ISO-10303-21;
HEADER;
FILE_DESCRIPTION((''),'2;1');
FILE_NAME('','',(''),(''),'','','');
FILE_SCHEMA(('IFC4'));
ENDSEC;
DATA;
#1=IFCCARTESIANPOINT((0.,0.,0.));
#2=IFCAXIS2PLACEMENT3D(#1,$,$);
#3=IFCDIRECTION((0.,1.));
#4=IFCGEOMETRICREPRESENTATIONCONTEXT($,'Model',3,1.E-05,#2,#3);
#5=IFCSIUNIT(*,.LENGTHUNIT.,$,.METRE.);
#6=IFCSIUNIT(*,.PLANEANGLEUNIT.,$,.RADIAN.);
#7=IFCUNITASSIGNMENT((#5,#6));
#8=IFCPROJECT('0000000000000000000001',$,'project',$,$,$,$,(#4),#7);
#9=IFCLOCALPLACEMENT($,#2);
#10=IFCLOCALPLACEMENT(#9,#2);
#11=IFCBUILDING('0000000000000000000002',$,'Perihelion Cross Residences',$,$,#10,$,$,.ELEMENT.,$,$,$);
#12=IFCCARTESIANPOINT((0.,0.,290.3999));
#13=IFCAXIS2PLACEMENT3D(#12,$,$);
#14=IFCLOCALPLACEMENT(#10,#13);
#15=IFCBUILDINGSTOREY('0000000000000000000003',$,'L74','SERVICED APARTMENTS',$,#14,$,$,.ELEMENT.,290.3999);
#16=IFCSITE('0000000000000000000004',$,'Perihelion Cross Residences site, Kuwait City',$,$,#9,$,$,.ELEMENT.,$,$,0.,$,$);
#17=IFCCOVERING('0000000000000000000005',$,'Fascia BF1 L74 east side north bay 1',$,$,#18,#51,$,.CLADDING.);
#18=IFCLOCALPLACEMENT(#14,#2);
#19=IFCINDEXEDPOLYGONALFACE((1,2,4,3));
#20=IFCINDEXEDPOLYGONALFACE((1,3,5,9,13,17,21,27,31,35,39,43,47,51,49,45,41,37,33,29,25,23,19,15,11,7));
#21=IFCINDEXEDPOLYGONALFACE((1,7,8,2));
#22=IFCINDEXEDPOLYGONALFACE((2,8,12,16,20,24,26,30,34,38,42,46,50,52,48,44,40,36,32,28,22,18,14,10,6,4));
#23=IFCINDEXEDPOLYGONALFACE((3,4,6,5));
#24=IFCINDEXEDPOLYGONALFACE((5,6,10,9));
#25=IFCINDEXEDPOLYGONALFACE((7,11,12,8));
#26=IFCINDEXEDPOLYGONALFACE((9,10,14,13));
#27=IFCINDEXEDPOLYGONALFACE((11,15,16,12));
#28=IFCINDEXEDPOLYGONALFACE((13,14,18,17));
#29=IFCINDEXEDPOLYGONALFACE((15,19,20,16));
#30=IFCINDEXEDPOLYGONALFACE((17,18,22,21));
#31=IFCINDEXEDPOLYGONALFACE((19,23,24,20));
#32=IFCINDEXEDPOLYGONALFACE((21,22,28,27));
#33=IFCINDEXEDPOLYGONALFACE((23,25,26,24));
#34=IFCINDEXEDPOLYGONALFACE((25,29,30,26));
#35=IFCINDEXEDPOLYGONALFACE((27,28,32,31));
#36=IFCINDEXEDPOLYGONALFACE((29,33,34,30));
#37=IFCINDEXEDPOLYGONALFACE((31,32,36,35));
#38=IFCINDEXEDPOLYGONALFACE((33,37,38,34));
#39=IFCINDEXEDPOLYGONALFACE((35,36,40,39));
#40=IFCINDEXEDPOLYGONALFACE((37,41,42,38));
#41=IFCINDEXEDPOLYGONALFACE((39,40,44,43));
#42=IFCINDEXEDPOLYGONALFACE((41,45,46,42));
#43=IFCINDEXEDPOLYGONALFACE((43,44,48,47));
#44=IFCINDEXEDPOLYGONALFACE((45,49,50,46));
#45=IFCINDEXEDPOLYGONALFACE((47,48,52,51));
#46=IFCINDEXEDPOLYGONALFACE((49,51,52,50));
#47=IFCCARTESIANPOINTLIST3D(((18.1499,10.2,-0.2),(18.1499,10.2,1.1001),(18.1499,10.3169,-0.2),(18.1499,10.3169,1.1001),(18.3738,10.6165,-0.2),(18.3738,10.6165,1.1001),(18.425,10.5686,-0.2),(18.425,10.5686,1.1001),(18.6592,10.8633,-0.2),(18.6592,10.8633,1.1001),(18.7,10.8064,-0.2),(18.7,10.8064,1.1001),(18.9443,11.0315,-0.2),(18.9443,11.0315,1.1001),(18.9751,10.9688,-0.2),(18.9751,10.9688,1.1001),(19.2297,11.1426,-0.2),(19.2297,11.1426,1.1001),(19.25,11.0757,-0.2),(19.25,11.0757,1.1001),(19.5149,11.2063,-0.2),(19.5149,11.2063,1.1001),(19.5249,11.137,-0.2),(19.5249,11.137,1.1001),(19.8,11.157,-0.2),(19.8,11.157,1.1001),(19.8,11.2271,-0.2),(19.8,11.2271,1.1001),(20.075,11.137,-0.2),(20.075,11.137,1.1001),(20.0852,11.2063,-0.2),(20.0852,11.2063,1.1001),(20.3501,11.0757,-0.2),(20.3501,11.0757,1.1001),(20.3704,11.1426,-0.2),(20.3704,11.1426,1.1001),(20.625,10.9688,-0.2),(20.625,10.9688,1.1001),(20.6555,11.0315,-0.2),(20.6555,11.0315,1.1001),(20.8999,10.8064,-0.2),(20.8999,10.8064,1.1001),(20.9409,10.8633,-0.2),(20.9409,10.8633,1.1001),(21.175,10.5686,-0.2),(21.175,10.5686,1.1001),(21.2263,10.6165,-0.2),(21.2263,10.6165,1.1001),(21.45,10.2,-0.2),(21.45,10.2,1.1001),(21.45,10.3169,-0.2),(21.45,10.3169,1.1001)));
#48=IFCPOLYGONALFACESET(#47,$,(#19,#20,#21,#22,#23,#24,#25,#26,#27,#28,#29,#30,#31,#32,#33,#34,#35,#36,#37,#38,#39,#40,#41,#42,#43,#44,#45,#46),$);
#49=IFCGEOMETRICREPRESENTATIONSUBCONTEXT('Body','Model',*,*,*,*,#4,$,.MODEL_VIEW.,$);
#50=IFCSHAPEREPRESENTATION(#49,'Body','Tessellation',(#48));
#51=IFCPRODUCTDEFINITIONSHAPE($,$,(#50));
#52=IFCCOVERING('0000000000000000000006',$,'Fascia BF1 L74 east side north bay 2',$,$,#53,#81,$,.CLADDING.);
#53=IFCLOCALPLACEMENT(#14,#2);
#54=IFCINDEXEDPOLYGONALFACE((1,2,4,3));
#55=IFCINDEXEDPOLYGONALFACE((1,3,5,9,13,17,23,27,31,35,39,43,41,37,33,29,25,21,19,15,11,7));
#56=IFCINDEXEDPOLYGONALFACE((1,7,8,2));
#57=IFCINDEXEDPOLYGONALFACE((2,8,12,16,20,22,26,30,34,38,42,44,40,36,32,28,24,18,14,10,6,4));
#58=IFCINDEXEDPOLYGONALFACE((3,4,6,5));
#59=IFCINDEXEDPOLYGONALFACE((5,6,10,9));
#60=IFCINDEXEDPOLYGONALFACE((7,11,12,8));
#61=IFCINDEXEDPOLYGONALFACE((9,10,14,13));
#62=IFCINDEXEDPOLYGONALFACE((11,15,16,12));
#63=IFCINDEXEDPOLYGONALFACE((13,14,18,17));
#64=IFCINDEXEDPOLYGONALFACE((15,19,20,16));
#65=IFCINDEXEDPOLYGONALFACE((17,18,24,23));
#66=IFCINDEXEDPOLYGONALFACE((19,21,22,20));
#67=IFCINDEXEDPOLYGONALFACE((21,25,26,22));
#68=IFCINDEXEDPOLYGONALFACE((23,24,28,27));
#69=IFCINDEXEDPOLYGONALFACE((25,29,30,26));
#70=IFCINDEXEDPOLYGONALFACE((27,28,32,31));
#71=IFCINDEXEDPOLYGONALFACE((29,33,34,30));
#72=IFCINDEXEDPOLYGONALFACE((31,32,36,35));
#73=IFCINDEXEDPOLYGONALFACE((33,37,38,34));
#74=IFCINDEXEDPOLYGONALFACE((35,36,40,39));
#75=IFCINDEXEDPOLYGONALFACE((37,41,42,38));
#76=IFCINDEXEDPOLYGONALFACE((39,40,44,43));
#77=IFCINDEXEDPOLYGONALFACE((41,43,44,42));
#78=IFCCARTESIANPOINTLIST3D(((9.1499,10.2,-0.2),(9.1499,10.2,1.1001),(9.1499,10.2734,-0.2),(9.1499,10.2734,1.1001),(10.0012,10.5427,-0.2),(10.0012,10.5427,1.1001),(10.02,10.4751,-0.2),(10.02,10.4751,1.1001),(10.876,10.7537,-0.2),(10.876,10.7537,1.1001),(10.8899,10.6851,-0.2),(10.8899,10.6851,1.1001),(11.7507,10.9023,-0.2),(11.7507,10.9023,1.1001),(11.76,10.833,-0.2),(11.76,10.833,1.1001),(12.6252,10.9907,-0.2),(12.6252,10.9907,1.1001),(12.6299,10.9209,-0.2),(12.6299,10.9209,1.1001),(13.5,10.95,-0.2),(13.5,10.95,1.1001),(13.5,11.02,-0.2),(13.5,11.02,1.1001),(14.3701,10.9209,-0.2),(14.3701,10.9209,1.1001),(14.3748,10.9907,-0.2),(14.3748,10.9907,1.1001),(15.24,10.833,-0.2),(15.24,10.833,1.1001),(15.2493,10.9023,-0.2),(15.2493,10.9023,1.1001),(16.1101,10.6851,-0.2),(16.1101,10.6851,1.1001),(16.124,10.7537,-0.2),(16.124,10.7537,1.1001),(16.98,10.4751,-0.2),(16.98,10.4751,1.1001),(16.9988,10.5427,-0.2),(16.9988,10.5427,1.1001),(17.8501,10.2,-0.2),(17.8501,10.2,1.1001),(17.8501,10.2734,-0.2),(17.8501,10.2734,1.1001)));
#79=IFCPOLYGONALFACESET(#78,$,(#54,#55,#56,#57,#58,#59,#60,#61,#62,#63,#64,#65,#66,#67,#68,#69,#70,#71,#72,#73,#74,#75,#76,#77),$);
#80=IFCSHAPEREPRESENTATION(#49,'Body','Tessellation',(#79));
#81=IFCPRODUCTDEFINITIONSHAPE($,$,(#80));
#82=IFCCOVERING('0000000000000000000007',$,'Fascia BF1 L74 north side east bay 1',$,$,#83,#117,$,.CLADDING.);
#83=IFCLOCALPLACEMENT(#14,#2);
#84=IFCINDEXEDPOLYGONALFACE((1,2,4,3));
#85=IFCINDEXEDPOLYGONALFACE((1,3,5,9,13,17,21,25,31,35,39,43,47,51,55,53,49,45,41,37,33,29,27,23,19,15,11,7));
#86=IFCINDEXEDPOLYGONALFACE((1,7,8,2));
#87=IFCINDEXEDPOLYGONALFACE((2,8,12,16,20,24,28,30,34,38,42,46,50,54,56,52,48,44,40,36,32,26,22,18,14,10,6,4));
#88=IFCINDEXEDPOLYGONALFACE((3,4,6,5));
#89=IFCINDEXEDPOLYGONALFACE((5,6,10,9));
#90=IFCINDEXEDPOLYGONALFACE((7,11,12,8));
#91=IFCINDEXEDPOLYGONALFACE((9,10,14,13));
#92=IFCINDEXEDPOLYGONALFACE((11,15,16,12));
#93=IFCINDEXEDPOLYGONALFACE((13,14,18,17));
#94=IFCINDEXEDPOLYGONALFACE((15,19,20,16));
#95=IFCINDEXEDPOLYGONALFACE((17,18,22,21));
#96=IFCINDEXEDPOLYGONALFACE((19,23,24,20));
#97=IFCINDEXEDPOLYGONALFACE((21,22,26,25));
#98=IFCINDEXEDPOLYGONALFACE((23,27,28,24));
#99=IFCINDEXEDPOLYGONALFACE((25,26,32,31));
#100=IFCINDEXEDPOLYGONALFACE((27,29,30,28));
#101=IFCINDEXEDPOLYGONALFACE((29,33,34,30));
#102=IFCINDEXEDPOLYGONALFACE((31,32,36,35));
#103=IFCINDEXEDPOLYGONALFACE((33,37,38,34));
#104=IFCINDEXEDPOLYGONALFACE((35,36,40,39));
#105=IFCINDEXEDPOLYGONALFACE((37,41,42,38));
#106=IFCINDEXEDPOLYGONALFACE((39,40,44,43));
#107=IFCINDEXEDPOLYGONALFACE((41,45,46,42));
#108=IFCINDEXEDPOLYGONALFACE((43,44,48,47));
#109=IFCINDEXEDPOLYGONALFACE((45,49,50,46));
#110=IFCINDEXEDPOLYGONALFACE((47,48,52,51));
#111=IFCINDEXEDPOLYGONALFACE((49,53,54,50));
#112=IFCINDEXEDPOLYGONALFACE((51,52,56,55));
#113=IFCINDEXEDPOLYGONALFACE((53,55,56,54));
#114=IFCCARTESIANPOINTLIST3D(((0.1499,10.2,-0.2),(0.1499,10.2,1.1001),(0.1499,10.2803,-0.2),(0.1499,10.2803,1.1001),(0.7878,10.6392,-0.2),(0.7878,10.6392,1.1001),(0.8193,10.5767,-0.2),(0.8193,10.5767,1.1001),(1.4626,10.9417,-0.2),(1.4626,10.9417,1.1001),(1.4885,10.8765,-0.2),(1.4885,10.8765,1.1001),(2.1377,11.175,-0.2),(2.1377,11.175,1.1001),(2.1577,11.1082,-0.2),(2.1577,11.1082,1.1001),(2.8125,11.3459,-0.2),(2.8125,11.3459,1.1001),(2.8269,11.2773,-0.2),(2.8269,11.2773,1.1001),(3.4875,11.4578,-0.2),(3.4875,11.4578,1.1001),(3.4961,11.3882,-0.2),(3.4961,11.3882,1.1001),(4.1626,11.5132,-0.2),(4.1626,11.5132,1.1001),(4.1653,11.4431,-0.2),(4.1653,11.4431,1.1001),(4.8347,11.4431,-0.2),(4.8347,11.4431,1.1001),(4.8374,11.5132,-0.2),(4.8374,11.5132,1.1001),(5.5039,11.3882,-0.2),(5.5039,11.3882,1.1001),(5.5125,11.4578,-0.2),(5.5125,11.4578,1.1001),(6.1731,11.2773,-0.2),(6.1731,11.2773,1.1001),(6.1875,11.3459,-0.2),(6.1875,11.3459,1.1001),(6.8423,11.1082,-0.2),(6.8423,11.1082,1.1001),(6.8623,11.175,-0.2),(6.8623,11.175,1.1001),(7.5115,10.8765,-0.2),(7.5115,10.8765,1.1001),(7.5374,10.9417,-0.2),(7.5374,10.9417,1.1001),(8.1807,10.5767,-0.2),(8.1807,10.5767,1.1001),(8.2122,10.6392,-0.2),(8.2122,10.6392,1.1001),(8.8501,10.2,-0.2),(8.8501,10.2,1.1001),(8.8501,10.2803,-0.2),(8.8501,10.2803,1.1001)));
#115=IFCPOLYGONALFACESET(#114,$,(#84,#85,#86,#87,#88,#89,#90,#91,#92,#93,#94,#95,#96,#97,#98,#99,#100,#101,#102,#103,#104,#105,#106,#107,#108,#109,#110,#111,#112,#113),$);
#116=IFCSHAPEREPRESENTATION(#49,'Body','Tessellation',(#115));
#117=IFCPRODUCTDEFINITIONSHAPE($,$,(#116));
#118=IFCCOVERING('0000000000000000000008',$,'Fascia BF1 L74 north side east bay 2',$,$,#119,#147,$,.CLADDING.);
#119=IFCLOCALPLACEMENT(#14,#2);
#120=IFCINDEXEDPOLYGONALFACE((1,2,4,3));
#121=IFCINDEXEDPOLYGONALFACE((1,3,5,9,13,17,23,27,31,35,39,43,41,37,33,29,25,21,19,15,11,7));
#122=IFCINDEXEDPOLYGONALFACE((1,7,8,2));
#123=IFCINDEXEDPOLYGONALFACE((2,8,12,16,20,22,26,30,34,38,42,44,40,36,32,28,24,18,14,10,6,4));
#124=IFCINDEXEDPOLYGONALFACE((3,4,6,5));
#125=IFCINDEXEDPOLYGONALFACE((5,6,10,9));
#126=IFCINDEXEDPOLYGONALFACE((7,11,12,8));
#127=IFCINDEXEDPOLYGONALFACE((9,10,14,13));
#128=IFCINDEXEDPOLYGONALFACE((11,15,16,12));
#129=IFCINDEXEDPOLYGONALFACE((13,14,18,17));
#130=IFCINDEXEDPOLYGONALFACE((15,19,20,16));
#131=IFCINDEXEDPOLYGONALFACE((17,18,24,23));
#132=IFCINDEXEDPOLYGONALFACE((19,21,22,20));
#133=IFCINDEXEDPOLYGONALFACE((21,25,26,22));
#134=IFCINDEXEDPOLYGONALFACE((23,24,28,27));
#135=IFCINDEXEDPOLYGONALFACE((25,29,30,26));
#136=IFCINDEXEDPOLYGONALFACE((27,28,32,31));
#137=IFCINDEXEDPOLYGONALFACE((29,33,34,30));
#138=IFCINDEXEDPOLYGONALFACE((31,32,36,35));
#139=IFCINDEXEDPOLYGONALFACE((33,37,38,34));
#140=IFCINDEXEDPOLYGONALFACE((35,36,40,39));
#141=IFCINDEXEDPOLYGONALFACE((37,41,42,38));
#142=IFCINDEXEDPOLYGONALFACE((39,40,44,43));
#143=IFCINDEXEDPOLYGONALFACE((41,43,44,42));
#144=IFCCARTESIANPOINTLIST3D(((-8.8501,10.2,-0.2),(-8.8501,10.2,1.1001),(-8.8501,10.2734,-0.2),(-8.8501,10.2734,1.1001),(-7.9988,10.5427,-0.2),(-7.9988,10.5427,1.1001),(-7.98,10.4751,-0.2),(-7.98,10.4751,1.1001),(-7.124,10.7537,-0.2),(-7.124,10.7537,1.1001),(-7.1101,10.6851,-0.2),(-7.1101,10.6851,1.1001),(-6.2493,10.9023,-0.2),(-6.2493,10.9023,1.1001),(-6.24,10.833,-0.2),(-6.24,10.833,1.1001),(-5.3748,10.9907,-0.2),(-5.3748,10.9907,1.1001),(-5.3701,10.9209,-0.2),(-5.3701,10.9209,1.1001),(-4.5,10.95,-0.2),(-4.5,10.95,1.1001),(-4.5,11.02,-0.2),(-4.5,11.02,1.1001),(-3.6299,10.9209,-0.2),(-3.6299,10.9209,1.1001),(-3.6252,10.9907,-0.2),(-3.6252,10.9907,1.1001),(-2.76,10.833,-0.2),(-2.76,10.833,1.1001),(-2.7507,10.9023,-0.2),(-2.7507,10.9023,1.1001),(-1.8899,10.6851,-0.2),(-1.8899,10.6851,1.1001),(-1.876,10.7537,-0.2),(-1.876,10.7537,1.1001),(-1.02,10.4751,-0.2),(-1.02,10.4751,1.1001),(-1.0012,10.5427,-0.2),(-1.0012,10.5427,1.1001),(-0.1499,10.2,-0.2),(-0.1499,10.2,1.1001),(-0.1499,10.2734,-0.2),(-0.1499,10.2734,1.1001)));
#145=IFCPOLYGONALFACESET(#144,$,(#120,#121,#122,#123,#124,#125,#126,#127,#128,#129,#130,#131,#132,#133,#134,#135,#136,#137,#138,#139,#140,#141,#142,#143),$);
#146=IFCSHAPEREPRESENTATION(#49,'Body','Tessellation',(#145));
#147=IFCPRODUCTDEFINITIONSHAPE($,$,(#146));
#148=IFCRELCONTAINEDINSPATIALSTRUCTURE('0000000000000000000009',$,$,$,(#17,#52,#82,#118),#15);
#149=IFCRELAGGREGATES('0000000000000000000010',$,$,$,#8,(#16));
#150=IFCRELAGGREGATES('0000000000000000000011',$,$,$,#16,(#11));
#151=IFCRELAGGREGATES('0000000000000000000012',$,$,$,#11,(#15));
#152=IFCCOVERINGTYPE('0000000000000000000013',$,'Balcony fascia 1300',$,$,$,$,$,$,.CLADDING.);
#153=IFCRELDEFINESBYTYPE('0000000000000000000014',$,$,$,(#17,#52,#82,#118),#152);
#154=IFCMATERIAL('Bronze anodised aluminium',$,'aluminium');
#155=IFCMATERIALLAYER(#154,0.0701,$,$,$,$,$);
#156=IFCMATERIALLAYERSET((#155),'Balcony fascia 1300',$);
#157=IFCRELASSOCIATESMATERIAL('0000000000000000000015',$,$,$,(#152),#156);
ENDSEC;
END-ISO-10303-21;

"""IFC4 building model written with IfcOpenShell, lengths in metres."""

from ifc_helpers import new_model, si_unit, direction, frame, origin, place, context, subcontext, project, spatial, polyline, outline, extrude, material, layer, layer_set, type_object, element, save


model = new_model("IFC4")

# Units and contexts
model_context = context("Model", 3, precision=1e-05, world=origin(), true_north=direction((0.0, 1.0)))
body_context = subcontext(model_context, "Body", "Model", "MODEL_VIEW")
ifc_project = project(units=[si_unit("LENGTHUNIT", "METRE"), si_unit("PLANEANGLEUNIT", "RADIAN")], contexts=[model_context])

# Site, building, storey
site_placement = place(None, origin())
site = spatial("IfcSite", under=ifc_project, at=site_placement, Name="Perihelion Cross Residences site, Kuwait City", CompositionType="ELEMENT", RefElevation=0.0)
building_placement = place(site_placement, origin())
building = spatial("IfcBuilding", under=site, at=building_placement, Name="Perihelion Cross Residences", CompositionType="ELEMENT")
storey_placement = place(building_placement, frame((0.0, 0.0, 290.3999)))
storey = spatial("IfcBuildingStorey", under=building, at=storey_placement, Name="L74", Description="SERVICED APARTMENTS", CompositionType="ELEMENT", Elevation=290.3999)

# Coverings
ifc_material_1 = material(Name="Bronze anodised aluminium", Category="aluminium")
ifc_layer_1 = layer(ifc_material_1, 0.0701)
ifc_layer_set_1 = layer_set([ifc_layer_1], Name="Balcony fascia 1300")
covering_type = type_object("IfcCoveringType", Name="Balcony fascia 1300", PredefinedType="CLADDING", material=ifc_layer_set_1)
covering_1_placement = place(storey_placement, frame((0.0, 0.0, -0.2)))
element("IfcCovering", 1, at=covering_1_placement, inside=storey, type_object=covering_type, Name="Fascia BF1 L74 east side north bay 1", PredefinedType="CLADDING", context=body_context, shape_type="SweptSolid", body=[
    extrude(outline(polyline([(21.2263, 10.6165), (20.9409, 10.8633), (20.6555, 11.0315), (20.3704, 11.1426), (20.0852, 11.2063), (19.8, 11.2271), (19.5149, 11.2063), (19.2297, 11.1426), (18.9443, 11.0315), (18.6592, 10.8633), (18.3738, 10.6165), (18.1499, 10.3169), (18.1499, 10.2), (18.425, 10.5686), (18.7, 10.8064), (18.9751, 10.9688), (19.25, 11.0757), (19.5249, 11.137), (19.8, 11.157), (20.075, 11.137), (20.3501, 11.0757), (20.625, 10.9688), (20.8999, 10.8064), (21.175, 10.5686), (21.45, 10.2), (21.45, 10.3169), (21.2263, 10.6165)])), origin(), (0.0, 0.0, 1.0), 1.3),
])
covering_2_placement = place(storey_placement, frame((0.0, 0.0, -0.2)))
element("IfcCovering", 2, at=covering_2_placement, inside=storey, type_object=covering_type, Name="Fascia BF1 L74 east side north bay 2", PredefinedType="CLADDING", context=body_context, shape_type="SweptSolid", body=[
    extrude(outline(polyline([(16.9988, 10.5427), (16.124, 10.7537), (15.2493, 10.9023), (14.3748, 10.9907), (13.5, 11.02), (12.6252, 10.9907), (11.7507, 10.9023), (10.876, 10.7537), (10.0012, 10.5427), (9.1499, 10.2734), (9.1499, 10.2), (10.02, 10.4751), (10.8899, 10.6851), (11.76, 10.833), (12.6299, 10.9209), (13.5, 10.95), (14.3701, 10.9209), (15.24, 10.833), (16.1101, 10.6851), (16.98, 10.4751), (17.8501, 10.2), (17.8501, 10.2734), (16.9988, 10.5427)])), origin(), (0.0, 0.0, 1.0), 1.3),
])
covering_3_placement = place(storey_placement, frame((0.0, 0.0, -0.2)))
element("IfcCovering", 3, at=covering_3_placement, inside=storey, type_object=covering_type, Name="Fascia BF1 L74 north side east bay 1", PredefinedType="CLADDING", context=body_context, shape_type="SweptSolid", body=[
    extrude(outline(polyline([(8.2122, 10.6392), (7.5374, 10.9417), (6.8623, 11.175), (6.1875, 11.3459), (5.5125, 11.4578), (4.8374, 11.5132), (4.1626, 11.5132), (3.4875, 11.4578), (2.8125, 11.3459), (2.1377, 11.175), (1.4626, 10.9417), (0.7878, 10.6392), (0.1499, 10.2803), (0.1499, 10.2), (0.8193, 10.5767), (1.4885, 10.8765), (2.1577, 11.1082), (2.8269, 11.2773), (3.4961, 11.3882), (4.1653, 11.4431), (4.8347, 11.4431), (5.5039, 11.3882), (6.1731, 11.2773), (6.8423, 11.1082), (7.5115, 10.8765), (8.1807, 10.5767), (8.8501, 10.2), (8.8501, 10.2803), (8.2122, 10.6392)])), origin(), (0.0, 0.0, 1.0), 1.3),
])
covering_4_placement = place(storey_placement, frame((0.0, 0.0, -0.2)))
element("IfcCovering", 4, at=covering_4_placement, inside=storey, type_object=covering_type, Name="Fascia BF1 L74 north side east bay 2", PredefinedType="CLADDING", context=body_context, shape_type="SweptSolid", body=[
    extrude(outline(polyline([(-1.0012, 10.5427), (-1.876, 10.7537), (-2.7507, 10.9023), (-3.6252, 10.9907), (-4.5, 11.02), (-5.3748, 10.9907), (-6.2493, 10.9023), (-7.124, 10.7537), (-7.9988, 10.5427), (-8.8501, 10.2734), (-8.8501, 10.2), (-7.98, 10.4751), (-7.1101, 10.6851), (-6.24, 10.833), (-5.3701, 10.9209), (-4.5, 10.95), (-3.6299, 10.9209), (-2.76, 10.833), (-1.8899, 10.6851), (-1.02, 10.4751), (-0.1499, 10.2), (-0.1499, 10.2734), (-1.0012, 10.5427)])), origin(), (0.0, 0.0, 1.0), 1.3),
])

save(model, "model.ifc")
